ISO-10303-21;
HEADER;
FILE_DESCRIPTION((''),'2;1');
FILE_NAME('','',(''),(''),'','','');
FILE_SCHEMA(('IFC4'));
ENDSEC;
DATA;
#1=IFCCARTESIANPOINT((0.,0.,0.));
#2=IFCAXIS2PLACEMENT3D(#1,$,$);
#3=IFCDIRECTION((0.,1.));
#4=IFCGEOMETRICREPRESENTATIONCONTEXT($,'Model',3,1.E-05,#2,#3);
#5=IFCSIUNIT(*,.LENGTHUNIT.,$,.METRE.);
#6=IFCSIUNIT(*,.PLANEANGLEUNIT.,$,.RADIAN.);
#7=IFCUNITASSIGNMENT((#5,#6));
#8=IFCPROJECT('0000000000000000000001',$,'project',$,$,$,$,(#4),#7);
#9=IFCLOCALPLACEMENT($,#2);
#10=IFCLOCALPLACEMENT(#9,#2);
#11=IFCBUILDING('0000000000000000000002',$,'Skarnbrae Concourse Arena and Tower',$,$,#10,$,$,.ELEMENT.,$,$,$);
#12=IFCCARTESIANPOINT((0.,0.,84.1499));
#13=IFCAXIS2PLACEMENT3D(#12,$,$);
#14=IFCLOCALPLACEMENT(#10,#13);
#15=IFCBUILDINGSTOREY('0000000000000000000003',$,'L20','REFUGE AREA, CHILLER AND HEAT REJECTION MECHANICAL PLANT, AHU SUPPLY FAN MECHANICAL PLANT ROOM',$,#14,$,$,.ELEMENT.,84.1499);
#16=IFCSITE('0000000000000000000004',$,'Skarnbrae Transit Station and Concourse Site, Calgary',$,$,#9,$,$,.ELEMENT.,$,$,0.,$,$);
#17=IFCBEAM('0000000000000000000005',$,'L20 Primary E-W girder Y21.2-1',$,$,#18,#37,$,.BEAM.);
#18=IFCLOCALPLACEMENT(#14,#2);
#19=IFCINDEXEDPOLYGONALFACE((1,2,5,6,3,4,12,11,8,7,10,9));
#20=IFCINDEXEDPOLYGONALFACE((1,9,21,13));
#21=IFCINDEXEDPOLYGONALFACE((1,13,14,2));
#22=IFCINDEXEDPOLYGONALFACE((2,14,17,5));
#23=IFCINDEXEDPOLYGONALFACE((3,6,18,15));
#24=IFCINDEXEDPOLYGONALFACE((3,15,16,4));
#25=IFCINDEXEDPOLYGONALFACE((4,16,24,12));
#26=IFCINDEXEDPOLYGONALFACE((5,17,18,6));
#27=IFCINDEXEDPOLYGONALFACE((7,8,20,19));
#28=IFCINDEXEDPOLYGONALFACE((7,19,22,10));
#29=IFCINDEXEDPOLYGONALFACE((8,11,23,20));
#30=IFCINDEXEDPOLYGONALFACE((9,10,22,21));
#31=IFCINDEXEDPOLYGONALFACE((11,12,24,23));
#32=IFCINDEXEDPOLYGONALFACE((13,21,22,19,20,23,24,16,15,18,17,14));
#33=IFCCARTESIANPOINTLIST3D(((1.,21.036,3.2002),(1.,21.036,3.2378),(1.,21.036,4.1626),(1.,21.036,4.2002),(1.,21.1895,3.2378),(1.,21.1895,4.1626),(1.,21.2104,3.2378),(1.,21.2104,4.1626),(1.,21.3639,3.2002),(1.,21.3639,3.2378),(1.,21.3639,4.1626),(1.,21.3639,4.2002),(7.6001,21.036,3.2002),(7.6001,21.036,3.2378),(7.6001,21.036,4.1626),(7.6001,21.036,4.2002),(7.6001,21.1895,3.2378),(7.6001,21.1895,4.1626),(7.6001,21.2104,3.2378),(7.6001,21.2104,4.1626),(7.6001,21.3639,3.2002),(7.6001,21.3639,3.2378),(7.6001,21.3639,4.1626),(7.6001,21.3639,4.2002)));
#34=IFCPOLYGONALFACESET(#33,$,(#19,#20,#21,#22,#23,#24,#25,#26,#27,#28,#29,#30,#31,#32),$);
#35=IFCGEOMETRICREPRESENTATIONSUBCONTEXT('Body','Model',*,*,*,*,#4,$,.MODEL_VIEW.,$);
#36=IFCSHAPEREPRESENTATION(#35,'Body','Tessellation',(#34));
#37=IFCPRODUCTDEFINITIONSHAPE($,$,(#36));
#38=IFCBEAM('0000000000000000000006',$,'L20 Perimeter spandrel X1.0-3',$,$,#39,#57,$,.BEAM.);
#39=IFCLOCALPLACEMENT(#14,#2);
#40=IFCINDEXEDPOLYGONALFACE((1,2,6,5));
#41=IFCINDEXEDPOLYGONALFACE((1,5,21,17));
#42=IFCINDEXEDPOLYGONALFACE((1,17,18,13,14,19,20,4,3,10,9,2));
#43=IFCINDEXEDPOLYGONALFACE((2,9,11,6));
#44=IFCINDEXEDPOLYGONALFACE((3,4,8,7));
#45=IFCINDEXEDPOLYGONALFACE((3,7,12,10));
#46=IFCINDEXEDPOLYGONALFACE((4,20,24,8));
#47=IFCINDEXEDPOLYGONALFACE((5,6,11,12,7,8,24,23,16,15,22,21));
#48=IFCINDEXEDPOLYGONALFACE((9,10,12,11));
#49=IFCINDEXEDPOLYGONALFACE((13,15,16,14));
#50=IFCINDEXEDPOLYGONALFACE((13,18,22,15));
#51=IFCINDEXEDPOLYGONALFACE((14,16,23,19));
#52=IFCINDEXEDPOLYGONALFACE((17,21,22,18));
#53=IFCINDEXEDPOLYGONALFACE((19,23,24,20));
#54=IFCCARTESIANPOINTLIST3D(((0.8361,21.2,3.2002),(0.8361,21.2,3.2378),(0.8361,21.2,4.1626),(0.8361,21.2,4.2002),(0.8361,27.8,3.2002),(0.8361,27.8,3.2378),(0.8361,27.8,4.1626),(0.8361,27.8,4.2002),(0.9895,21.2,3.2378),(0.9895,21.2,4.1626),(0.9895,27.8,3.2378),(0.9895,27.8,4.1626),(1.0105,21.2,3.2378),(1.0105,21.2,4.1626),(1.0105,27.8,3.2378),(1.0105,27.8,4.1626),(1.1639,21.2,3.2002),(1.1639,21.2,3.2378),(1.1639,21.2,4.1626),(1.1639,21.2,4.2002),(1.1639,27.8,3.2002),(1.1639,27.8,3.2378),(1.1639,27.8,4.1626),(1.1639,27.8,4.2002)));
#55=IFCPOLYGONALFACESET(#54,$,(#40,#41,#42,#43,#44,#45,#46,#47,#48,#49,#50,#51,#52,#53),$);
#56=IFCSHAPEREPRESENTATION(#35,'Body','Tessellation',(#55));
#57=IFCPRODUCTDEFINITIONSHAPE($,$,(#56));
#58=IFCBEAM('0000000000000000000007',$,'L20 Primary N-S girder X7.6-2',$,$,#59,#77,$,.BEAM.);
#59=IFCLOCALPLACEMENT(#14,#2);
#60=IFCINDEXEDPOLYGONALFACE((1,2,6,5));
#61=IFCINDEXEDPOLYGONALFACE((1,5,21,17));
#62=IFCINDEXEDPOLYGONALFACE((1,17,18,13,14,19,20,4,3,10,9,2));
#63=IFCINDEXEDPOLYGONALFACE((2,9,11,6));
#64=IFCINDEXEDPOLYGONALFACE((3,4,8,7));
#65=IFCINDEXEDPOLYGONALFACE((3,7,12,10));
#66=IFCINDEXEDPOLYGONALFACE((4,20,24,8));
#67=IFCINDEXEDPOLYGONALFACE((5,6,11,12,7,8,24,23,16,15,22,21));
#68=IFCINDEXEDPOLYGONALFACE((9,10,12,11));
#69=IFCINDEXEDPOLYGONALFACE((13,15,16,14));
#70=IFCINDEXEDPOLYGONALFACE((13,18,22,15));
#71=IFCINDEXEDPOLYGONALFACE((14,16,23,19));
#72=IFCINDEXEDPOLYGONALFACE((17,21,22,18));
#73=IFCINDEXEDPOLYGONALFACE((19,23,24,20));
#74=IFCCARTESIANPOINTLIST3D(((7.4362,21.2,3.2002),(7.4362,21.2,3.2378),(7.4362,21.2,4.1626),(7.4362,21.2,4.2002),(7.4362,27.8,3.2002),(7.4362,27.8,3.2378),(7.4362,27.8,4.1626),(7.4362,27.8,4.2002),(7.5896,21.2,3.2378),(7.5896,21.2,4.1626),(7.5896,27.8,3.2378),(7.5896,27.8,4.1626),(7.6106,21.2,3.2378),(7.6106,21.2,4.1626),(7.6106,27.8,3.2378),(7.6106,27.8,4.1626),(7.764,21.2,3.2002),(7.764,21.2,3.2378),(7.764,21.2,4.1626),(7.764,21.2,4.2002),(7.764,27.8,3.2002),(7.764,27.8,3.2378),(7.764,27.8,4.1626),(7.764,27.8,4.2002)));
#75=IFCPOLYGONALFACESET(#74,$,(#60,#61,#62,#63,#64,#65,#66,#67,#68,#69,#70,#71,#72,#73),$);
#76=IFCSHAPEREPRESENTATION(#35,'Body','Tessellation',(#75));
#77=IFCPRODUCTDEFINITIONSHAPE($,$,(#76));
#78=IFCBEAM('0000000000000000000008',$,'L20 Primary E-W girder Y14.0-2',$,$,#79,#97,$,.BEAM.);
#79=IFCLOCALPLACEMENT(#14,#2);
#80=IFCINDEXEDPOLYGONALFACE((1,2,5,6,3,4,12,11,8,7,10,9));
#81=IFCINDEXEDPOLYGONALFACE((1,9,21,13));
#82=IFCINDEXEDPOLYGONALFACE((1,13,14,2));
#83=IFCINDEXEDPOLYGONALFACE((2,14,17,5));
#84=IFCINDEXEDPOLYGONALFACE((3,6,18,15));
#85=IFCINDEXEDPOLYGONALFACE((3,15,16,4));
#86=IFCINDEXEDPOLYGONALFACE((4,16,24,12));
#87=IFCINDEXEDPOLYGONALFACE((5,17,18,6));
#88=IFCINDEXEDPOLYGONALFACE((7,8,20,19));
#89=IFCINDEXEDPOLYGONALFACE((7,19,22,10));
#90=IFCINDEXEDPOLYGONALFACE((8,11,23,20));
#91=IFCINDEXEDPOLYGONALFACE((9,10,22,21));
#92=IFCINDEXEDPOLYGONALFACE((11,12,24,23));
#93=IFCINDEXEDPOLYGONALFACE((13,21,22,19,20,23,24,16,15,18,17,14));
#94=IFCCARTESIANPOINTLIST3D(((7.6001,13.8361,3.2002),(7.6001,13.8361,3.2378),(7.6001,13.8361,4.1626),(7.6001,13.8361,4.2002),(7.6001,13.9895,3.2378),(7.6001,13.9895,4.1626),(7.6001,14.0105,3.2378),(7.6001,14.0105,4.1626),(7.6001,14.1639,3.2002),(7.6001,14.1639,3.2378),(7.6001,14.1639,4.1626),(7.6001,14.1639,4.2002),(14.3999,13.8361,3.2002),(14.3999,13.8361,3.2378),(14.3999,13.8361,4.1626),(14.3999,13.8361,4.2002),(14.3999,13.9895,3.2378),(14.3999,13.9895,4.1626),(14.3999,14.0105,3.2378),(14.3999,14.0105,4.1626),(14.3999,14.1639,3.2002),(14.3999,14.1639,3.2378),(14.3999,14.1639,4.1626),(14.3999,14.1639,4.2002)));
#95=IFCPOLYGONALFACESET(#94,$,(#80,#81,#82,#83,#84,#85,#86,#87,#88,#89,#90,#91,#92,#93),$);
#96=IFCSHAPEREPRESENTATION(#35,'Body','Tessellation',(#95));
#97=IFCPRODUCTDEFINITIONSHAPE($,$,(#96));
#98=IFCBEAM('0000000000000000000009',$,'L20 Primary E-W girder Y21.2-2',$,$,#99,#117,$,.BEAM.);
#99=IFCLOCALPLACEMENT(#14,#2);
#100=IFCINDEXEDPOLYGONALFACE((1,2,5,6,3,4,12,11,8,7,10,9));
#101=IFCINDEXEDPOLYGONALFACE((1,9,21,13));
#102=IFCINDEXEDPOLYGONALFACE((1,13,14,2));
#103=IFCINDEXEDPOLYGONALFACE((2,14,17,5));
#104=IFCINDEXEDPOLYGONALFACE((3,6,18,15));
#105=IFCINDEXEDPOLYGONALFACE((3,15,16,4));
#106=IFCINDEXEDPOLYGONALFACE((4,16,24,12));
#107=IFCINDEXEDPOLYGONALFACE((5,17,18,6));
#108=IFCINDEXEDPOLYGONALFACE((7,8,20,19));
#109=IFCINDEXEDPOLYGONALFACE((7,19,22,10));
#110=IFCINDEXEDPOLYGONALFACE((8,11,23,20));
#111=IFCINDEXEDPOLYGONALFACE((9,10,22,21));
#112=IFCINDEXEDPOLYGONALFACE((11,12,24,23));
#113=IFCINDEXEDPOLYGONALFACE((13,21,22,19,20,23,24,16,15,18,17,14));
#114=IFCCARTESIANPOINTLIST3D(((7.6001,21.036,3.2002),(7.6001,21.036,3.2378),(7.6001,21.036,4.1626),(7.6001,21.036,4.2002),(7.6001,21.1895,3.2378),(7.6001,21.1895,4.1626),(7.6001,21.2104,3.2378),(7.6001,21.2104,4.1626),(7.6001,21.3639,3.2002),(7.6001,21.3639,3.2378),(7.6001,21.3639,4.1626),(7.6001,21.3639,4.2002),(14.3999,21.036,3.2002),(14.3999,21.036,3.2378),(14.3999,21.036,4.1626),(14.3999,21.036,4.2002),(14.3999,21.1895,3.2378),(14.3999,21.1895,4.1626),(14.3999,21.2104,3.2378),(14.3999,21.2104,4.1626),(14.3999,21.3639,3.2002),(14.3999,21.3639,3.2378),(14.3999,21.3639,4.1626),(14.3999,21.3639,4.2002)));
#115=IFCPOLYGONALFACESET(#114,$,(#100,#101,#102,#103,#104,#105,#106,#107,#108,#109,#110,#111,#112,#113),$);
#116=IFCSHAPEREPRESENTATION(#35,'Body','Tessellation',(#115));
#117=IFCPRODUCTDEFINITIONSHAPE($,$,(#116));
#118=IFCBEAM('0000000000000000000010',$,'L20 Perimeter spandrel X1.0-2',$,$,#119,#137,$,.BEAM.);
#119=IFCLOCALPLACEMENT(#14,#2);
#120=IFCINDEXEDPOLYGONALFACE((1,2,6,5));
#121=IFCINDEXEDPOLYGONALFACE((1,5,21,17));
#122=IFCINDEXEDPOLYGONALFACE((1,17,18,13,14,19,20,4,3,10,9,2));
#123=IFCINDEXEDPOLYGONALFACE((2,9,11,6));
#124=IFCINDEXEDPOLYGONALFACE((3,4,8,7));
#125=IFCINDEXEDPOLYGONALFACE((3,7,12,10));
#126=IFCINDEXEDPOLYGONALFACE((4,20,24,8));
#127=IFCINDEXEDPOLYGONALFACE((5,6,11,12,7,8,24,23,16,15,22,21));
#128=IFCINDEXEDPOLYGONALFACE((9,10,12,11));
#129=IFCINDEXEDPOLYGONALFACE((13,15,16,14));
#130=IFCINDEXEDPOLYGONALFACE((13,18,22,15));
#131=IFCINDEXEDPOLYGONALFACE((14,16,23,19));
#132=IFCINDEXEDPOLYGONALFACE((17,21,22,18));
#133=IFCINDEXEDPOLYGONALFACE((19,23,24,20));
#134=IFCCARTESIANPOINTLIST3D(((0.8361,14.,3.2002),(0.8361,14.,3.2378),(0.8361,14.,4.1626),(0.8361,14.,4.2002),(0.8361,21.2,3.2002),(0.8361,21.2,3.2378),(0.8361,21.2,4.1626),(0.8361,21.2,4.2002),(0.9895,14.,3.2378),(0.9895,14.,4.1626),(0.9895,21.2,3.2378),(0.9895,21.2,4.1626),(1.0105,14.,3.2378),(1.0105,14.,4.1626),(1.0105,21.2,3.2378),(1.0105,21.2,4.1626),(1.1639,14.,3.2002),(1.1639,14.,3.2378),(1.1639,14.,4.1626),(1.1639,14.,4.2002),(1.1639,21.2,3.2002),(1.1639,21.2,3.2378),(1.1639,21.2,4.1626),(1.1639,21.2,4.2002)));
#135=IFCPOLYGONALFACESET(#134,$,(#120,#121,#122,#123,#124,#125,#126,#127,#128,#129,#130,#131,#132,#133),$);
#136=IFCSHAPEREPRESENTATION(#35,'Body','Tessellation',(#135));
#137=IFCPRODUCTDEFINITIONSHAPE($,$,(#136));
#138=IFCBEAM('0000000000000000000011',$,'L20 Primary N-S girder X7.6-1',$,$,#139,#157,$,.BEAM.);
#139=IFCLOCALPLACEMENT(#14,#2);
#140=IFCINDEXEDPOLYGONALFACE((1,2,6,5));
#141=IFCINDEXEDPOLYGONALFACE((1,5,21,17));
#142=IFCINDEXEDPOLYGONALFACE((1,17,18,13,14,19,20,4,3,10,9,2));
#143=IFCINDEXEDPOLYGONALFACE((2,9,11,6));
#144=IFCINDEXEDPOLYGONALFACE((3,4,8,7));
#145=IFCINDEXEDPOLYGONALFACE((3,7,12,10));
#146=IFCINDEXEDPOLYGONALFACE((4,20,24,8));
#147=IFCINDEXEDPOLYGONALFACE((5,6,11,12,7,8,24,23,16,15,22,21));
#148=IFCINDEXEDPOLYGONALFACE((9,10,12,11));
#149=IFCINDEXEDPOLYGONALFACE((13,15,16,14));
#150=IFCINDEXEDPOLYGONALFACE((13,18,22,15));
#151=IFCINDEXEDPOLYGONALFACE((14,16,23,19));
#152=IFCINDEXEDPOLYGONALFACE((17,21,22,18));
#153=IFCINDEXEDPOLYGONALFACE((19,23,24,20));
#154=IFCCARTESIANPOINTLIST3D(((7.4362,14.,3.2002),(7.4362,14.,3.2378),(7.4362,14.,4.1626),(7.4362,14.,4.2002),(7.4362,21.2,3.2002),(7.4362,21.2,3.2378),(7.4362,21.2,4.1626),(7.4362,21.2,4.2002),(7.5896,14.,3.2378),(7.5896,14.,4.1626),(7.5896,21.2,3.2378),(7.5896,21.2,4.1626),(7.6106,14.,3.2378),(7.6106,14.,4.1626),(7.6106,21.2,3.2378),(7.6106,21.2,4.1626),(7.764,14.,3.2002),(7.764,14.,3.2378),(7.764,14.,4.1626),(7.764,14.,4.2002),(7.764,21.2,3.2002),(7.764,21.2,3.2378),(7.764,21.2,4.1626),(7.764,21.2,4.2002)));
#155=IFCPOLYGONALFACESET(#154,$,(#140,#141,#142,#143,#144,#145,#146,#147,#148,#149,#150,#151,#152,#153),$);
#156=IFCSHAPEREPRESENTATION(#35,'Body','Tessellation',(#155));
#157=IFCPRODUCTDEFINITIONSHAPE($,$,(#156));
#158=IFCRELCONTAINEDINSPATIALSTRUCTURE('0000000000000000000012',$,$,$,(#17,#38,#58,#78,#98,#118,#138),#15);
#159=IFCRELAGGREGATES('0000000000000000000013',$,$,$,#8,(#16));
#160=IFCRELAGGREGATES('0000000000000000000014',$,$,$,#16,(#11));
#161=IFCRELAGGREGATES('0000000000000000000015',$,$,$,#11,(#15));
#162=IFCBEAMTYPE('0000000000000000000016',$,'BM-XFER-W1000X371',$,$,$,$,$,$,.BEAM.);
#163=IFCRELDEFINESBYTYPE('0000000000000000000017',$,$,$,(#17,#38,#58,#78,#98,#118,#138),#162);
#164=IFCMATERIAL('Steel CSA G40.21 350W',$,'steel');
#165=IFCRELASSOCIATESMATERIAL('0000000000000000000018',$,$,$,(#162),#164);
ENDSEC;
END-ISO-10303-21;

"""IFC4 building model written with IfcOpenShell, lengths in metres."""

from ifc_helpers import new_model, si_unit, direction, frame, origin, origin_2d, place, context, subcontext, project, spatial, i_section, extrude, source, transform, mapped, material, material_profile, profile_set, type_object, element, save


model = new_model("IFC4")

# Units and contexts
model_context = context("Model", 3, precision=1e-05, world=origin(), true_north=direction((0.0, 1.0)))
body_context = subcontext(model_context, "Body", "Model", "MODEL_VIEW")
ifc_project = project(units=[si_unit("LENGTHUNIT", "METRE"), si_unit("PLANEANGLEUNIT", "RADIAN")], contexts=[model_context])

# Site, building, storey
site_placement = place(None, origin())
site = spatial("IfcSite", under=ifc_project, at=site_placement, Name="Skarnbrae Transit Station and Concourse Site, Calgary", CompositionType="ELEMENT", RefElevation=0.0)
building_placement = place(site_placement, origin())
building = spatial("IfcBuilding", under=site, at=building_placement, Name="Skarnbrae Concourse Arena and Tower", CompositionType="ELEMENT")
storey_placement = place(building_placement, frame((0.0, 0.0, 84.1499)))
storey = spatial("IfcBuildingStorey", under=building, at=storey_placement, Name="L20", Description="REFUGE AREA, CHILLER AND HEAT REJECTION MECHANICAL PLANT, AHU SUPPLY FAN MECHANICAL PLANT ROOM", CompositionType="ELEMENT", Elevation=84.1499)

# Shared definitions
ifc_material_1 = material(Name="Steel CSA G40.21 350W", Category="steel")

# Beams
ifc_material_profile_1 = material_profile(ifc_material_1, i_section(OverallWidth=0.3279, OverallDepth=1.0, WebThickness=0.021, FlangeThickness=0.0376, at=origin_2d()), Name="W1000X371")
ifc_profile_set_1 = profile_set([ifc_material_profile_1], Name="Steel CSA G40.21 350W")
beam_type_1 = type_object("IfcBeamType", Name="BM-XFER-W1000X371", PredefinedType="BEAM", material=ifc_profile_set_1)
shared_shape_1 = source(origin(), body_context, "Body", "SweptSolid", [
    extrude(i_section(OverallWidth=0.3279, OverallDepth=1.0, WebThickness=0.021, FlangeThickness=0.0376, at=origin_2d()), origin(), (0.0, 0.0, 1.0), 6.6001),
])
for number, where, z_axis, x_axis, name in (
    (1, (1.0, 21.2, 3.7002), (1.0, 0.0, 0.0), (0.0, 1.0, 0.0), "L20 Primary E-W girder Y21.2-1"),
    (2, (1.0, 21.2, 3.7002), (0.0, 1.0, 0.0), (-1.0, 0.0, 0.0), "L20 Perimeter spandrel X1.0-3"),
    (3, (7.6001, 21.2, 3.7002), (0.0, 1.0, 0.0), (-1.0, 0.0, 0.0), "L20 Primary N-S girder X7.6-2"),
):
    element("IfcBeam", number, at=place(storey_placement, frame(where, z_axis=z_axis, x_axis=x_axis)), inside=storey, type_object=beam_type_1, Name=name, PredefinedType="BEAM", context=body_context, shape_type="MappedRepresentation", body=[
        mapped(shared_shape_1, transform((0.0, 0.0, 0.0))),
    ])
shared_shape_2 = source(origin(), body_context, "Body", "SweptSolid", [
    extrude(i_section(OverallWidth=0.3279, OverallDepth=1.0, WebThickness=0.021, FlangeThickness=0.0376, at=origin_2d()), origin(), (0.0, 0.0, 1.0), 6.7998),
])
for number, where, z_axis, x_axis, name in (
    (4, (7.6001, 14.0, 3.7002), (1.0, 0.0, 0.0), (0.0, 1.0, 0.0), "L20 Primary E-W girder Y14.0-2"),
    (5, (7.6001, 21.2, 3.7002), (1.0, 0.0, 0.0), (0.0, 1.0, 0.0), "L20 Primary E-W girder Y21.2-2"),
):
    element("IfcBeam", number, at=place(storey_placement, frame(where, z_axis=z_axis, x_axis=x_axis)), inside=storey, type_object=beam_type_1, Name=name, PredefinedType="BEAM", context=body_context, shape_type="MappedRepresentation", body=[
        mapped(shared_shape_2, transform((0.0, 0.0, 0.0))),
    ])
shared_shape_3 = source(origin(), body_context, "Body", "SweptSolid", [
    extrude(i_section(OverallWidth=0.3279, OverallDepth=1.0, WebThickness=0.021, FlangeThickness=0.0376, at=origin_2d()), origin(), (0.0, 0.0, 1.0), 7.2),
])
for number, where, z_axis, x_axis, name in (
    (6, (1.0, 14.0, 3.7002), (0.0, 1.0, 0.0), (-1.0, 0.0, 0.0), "L20 Perimeter spandrel X1.0-2"),
    (7, (7.6001, 14.0, 3.7002), (0.0, 1.0, 0.0), (-1.0, 0.0, 0.0), "L20 Primary N-S girder X7.6-1"),
):
    element("IfcBeam", number, at=place(storey_placement, frame(where, z_axis=z_axis, x_axis=x_axis)), inside=storey, type_object=beam_type_1, Name=name, PredefinedType="BEAM", context=body_context, shape_type="MappedRepresentation", body=[
        mapped(shared_shape_3, transform((0.0, 0.0, 0.0))),
    ])

save(model, "model.ifc")
